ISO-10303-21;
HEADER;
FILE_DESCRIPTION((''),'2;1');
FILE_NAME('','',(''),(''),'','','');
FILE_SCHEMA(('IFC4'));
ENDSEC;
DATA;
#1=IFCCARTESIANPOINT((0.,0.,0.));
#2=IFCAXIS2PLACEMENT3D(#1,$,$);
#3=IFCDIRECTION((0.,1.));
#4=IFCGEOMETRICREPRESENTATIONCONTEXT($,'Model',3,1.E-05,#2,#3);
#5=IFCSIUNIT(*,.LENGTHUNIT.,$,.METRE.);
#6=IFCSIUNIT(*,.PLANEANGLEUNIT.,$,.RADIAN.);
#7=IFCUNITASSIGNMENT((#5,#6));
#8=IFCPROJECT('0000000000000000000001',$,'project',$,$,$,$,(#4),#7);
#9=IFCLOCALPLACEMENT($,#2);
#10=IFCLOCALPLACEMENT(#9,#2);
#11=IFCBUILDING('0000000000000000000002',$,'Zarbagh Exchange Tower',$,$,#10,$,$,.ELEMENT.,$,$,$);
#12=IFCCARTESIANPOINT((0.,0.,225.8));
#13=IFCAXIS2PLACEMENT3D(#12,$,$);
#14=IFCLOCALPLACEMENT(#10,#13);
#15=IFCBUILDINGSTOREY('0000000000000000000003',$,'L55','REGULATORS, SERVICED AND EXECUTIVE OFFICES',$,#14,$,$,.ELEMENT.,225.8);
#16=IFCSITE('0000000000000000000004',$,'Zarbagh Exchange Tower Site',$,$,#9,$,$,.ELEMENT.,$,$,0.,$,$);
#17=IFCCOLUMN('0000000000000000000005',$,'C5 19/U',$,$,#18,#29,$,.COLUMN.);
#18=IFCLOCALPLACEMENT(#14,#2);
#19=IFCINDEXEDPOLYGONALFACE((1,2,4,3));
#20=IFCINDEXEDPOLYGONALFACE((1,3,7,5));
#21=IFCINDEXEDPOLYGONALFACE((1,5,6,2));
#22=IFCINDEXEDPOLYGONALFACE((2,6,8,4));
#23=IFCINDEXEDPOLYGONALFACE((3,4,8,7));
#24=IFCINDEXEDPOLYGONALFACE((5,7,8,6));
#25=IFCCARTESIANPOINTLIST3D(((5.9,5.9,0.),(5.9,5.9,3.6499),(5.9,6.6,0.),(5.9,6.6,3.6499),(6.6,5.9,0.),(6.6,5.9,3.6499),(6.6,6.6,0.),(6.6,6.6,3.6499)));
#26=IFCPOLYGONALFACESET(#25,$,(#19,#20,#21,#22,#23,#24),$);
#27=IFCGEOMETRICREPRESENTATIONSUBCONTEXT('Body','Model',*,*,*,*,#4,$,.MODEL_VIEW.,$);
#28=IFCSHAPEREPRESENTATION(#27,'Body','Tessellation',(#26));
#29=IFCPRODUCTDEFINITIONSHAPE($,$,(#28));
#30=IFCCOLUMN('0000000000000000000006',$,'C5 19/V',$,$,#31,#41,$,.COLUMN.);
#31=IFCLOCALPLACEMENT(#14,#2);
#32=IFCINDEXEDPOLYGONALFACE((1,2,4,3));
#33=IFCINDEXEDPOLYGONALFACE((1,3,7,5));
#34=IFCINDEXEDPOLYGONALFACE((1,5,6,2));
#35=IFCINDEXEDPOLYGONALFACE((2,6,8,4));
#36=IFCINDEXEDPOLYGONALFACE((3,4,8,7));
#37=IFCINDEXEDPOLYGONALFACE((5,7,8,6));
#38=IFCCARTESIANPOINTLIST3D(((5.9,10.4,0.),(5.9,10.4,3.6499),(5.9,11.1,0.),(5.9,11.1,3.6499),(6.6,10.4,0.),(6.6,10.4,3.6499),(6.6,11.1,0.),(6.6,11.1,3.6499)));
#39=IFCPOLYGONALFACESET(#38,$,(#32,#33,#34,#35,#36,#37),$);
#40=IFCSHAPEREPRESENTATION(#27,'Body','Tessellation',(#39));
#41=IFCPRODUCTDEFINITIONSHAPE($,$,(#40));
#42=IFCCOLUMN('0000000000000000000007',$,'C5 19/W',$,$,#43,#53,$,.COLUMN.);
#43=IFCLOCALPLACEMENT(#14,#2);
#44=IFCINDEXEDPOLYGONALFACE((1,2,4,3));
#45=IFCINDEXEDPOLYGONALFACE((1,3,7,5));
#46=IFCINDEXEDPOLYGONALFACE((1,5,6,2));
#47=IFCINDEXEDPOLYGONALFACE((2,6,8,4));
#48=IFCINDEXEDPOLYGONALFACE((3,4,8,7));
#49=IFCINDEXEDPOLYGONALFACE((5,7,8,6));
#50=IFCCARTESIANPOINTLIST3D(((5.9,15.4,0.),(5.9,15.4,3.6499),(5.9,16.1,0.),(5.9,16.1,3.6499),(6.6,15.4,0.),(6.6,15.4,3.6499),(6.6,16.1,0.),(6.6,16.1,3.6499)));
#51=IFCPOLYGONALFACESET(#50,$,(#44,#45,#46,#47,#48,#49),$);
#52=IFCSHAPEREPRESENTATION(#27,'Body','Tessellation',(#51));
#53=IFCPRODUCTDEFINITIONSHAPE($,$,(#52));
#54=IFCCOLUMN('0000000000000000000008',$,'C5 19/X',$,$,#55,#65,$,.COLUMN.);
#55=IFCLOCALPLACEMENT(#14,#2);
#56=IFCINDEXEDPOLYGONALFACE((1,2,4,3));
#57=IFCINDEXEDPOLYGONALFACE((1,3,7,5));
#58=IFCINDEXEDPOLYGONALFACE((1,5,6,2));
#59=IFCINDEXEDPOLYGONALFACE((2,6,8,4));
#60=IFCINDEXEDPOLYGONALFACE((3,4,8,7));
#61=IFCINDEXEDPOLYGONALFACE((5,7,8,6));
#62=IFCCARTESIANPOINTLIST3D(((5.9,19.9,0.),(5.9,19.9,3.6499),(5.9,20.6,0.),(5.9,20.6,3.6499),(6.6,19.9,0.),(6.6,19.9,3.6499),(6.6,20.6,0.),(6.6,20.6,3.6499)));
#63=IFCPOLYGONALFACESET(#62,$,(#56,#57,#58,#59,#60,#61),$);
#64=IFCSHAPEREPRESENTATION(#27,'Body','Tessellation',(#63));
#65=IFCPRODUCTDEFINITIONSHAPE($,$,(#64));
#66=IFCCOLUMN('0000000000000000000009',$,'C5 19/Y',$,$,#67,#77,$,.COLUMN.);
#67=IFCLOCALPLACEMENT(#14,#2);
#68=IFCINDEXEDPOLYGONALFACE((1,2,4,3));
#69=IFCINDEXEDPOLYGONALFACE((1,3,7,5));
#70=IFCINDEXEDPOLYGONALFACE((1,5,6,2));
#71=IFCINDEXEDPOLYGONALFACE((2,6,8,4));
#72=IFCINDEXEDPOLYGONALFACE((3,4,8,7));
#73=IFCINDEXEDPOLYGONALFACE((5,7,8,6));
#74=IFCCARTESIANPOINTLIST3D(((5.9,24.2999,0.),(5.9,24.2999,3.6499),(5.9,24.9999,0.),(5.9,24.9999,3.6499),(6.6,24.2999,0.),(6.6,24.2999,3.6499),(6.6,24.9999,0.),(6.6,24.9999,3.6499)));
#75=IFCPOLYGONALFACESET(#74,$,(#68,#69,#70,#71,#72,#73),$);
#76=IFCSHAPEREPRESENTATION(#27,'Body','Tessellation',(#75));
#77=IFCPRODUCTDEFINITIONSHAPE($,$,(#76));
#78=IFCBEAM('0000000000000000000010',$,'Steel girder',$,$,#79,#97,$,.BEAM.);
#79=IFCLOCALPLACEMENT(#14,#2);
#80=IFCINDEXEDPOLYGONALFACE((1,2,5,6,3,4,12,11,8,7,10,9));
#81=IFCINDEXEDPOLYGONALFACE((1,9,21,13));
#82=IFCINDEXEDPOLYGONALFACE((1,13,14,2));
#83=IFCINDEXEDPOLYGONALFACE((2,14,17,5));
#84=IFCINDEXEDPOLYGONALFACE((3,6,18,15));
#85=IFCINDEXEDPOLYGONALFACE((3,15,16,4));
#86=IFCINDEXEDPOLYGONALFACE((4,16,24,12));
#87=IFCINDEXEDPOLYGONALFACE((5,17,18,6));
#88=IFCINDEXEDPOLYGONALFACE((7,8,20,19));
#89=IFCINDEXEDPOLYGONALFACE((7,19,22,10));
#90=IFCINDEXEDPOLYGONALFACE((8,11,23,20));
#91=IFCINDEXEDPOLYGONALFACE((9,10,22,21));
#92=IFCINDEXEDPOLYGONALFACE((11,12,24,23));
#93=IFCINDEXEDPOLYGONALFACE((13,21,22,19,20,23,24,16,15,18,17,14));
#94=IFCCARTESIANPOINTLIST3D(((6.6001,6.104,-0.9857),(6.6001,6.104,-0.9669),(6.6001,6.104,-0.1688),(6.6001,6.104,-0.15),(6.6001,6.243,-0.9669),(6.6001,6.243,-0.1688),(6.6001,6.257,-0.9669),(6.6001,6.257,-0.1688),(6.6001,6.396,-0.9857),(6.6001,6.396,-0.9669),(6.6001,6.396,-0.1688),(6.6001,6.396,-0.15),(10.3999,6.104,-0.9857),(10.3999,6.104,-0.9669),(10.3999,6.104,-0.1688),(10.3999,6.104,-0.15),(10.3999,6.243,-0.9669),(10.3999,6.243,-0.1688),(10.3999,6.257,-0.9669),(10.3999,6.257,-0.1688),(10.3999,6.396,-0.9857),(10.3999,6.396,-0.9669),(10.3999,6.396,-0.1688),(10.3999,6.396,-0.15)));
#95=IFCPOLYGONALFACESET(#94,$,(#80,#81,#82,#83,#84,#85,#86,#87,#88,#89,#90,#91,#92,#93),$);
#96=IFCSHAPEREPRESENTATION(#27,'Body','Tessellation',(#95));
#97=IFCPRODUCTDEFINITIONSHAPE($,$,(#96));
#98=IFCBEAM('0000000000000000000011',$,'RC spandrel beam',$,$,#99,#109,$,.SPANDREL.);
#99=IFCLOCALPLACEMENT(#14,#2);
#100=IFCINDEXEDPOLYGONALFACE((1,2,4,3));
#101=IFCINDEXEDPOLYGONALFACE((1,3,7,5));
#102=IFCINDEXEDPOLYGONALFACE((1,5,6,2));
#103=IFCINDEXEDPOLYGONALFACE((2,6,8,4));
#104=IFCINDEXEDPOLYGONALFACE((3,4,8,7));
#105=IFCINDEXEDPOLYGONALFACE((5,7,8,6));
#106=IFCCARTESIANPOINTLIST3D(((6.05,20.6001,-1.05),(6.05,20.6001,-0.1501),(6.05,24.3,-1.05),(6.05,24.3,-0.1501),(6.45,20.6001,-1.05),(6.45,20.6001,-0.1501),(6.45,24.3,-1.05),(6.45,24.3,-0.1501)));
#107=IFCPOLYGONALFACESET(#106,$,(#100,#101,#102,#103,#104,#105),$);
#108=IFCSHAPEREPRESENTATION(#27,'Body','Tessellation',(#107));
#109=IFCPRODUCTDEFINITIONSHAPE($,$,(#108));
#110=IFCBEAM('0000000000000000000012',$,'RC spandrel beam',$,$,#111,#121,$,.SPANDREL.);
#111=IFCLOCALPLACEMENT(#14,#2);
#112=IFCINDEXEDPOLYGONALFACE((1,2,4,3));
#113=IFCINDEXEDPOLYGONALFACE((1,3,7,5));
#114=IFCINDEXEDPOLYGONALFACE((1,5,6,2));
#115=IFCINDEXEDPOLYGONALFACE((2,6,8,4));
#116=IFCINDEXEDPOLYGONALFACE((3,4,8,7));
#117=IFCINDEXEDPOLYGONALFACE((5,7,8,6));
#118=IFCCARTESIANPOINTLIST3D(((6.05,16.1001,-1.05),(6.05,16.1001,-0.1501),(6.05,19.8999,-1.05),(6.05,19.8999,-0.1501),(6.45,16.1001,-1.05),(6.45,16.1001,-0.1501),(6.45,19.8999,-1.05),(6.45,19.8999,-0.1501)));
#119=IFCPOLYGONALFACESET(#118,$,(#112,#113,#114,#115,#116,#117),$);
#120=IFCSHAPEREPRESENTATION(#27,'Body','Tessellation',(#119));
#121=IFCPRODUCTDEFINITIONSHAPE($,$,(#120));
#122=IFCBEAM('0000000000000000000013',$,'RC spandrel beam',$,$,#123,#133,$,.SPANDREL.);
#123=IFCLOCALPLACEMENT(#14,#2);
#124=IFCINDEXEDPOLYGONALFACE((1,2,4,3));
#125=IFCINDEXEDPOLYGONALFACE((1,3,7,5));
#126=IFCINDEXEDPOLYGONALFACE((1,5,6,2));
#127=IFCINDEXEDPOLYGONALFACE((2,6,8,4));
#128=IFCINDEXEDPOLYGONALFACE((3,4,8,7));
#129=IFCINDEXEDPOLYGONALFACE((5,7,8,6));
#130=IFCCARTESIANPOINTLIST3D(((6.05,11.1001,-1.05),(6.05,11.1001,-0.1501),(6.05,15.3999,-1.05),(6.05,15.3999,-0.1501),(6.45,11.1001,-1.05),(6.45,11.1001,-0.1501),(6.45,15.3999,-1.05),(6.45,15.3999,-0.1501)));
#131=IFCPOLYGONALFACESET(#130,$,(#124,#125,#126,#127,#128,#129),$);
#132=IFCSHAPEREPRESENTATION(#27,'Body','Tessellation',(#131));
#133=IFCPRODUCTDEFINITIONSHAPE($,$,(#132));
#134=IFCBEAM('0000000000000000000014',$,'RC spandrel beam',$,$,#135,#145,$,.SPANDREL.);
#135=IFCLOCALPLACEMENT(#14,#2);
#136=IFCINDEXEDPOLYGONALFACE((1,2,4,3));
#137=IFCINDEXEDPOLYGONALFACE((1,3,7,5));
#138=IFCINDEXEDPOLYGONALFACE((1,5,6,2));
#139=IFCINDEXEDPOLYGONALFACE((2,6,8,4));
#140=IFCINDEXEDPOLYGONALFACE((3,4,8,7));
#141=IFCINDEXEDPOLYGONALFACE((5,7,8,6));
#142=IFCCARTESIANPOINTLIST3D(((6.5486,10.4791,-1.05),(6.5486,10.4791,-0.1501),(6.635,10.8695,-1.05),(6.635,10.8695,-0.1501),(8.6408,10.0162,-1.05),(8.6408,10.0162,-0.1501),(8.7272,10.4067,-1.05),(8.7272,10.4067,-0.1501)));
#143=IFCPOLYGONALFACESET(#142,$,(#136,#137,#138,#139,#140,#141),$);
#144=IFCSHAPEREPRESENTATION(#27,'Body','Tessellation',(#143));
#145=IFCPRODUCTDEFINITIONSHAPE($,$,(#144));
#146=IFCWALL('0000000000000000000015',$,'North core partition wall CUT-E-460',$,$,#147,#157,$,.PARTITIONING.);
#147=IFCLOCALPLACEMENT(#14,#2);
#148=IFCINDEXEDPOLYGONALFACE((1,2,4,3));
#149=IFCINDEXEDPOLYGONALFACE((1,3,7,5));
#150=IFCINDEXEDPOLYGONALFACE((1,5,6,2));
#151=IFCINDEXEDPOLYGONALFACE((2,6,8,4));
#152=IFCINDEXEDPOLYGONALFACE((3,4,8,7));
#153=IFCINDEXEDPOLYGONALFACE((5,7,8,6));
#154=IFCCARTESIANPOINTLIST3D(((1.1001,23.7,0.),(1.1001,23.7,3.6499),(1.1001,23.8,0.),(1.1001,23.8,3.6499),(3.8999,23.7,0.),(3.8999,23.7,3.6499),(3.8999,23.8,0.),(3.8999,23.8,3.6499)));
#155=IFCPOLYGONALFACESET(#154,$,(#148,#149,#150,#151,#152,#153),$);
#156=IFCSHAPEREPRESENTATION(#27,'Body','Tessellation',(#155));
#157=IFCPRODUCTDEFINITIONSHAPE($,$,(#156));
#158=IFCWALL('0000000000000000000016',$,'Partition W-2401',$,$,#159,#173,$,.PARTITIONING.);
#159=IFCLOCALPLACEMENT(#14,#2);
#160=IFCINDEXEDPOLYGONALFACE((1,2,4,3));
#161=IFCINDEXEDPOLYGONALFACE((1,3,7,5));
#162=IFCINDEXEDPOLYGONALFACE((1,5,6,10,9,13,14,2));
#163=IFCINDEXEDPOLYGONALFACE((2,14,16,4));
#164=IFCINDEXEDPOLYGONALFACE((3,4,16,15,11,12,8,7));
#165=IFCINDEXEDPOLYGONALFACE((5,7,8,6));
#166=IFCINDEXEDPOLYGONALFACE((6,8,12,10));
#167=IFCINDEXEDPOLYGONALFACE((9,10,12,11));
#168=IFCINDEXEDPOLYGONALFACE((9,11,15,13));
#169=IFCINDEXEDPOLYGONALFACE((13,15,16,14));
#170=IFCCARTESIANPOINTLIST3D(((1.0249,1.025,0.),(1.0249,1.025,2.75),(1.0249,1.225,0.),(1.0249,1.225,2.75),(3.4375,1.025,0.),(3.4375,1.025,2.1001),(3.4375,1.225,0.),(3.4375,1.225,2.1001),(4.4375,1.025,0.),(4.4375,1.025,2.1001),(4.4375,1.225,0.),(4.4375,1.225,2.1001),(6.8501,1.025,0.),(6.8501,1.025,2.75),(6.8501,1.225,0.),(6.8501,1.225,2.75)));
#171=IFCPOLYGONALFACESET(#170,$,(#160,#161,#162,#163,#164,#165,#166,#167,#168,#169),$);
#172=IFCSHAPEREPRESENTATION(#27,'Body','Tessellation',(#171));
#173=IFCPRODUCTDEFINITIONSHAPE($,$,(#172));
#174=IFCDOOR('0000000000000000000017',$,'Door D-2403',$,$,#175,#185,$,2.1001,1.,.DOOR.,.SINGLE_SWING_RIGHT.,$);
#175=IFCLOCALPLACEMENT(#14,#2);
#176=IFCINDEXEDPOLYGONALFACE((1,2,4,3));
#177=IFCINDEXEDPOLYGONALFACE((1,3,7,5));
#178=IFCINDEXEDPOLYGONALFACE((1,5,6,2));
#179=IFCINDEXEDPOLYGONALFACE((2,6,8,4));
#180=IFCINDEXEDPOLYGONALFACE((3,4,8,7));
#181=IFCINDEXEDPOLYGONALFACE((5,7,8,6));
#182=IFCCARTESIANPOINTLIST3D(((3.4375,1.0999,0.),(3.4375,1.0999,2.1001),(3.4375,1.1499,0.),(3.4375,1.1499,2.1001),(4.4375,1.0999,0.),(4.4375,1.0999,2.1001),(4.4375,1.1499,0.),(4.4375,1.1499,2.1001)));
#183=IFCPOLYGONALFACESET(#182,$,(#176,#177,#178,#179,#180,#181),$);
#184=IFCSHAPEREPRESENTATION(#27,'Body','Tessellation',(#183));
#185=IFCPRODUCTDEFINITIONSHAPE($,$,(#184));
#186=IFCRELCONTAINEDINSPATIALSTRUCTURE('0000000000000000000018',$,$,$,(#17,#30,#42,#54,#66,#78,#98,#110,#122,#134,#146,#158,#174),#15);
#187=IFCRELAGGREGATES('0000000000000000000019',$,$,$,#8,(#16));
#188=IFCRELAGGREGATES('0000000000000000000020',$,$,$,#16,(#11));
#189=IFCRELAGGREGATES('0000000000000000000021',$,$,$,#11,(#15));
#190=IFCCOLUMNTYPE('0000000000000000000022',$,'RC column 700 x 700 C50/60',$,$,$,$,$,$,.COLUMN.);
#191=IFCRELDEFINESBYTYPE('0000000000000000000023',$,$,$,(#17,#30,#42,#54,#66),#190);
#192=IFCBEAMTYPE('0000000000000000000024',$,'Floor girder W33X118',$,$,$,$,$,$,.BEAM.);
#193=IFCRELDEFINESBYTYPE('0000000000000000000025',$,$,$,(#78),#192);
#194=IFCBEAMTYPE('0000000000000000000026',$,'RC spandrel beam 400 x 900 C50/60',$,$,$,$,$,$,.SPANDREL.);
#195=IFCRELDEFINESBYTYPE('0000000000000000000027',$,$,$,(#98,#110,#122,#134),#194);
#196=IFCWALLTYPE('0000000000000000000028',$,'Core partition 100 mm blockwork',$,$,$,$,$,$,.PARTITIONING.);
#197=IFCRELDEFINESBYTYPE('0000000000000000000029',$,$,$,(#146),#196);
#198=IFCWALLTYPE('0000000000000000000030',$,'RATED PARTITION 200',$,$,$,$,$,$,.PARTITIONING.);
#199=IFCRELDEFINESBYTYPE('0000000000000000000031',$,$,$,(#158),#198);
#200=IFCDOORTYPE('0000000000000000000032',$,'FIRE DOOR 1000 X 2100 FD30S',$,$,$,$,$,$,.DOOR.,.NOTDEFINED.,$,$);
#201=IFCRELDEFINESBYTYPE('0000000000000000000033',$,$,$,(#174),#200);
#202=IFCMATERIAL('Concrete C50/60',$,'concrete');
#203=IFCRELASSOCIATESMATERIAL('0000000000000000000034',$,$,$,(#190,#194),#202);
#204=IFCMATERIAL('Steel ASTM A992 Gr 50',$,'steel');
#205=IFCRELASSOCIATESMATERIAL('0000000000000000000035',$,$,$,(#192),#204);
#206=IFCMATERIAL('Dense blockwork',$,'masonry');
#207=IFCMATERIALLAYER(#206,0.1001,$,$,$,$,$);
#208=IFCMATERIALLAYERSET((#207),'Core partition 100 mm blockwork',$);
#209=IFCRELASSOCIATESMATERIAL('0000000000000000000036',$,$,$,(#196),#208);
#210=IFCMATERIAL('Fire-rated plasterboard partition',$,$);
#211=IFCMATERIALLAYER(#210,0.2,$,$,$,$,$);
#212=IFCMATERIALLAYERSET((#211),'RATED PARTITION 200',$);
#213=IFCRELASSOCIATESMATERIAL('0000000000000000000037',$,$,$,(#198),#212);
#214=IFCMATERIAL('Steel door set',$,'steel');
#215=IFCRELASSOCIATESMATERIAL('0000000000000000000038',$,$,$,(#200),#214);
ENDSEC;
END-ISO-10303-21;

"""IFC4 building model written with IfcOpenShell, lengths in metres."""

from ifc_helpers import new_model, si_unit, direction, frame, frame_2d, origin, origin_2d, place, context, subcontext, project, spatial, rectangle, i_section, extrude, material, layer, layer_set, material_profile, profile_set, type_object, element, fill, save


model = new_model("IFC4")

# Units and contexts
model_context = context("Model", 3, precision=1e-05, world=origin(), true_north=direction((0.0, 1.0)))
body_context = subcontext(model_context, "Body", "Model", "MODEL_VIEW")
ifc_project = project(units=[si_unit("LENGTHUNIT", "METRE"), si_unit("PLANEANGLEUNIT", "RADIAN")], contexts=[model_context])

# Site, building, storey
site_placement = place(None, origin())
site = spatial("IfcSite", under=ifc_project, at=site_placement, Name="Zarbagh Exchange Tower Site", CompositionType="ELEMENT", RefElevation=0.0)
building_placement = place(site_placement, origin())
building = spatial("IfcBuilding", under=site, at=building_placement, Name="Zarbagh Exchange Tower", CompositionType="ELEMENT")
storey_placement = place(building_placement, frame((0.0, 0.0, 225.8)))
storey = spatial("IfcBuildingStorey", under=building, at=storey_placement, Name="L55", Description="REGULATORS, SERVICED AND EXECUTIVE OFFICES", CompositionType="ELEMENT", Elevation=225.8)

# Columns
ifc_material_1 = material(Name="Concrete C50/60", Category="concrete")
ifc_material_profile_1 = material_profile(ifc_material_1, rectangle(XDim=0.7, YDim=0.7, at=origin_2d()), Name="RC column 700 x 700 C50/60")
ifc_profile_set_1 = profile_set([ifc_material_profile_1], Name="Concrete C50/60")
column_type = type_object("IfcColumnType", Name="RC column 700 x 700 C50/60", PredefinedType="COLUMN", material=ifc_profile_set_1)
for number, where, z_axis, x_axis, name in (
    (1, (6.25, 6.25, 0.0), (0.0, 0.0, 1.0), (1.0, 0.0, 0.0), "C5 19/U"),
    (2, (6.25, 10.75, 0.0), (0.0, 0.0, 1.0), (1.0, 0.0, 0.0), "C5 19/V"),
    (3, (6.25, 15.75, 0.0), (0.0, 0.0, 1.0), (1.0, 0.0, 0.0), "C5 19/W"),
    (4, (6.25, 20.25, 0.0), (0.0, 0.0, 1.0), (1.0, 0.0, 0.0), "C5 19/X"),
    (5, (6.25, 24.6499, 0.0), (0.0, 0.0, 1.0), (1.0, 0.0, 0.0), "C5 19/Y"),
):
    element("IfcColumn", number, at=place(storey_placement, frame(where, z_axis=z_axis, x_axis=x_axis)), inside=storey, type_object=column_type, Name=name, PredefinedType="COLUMN", context=body_context, shape_type="SweptSolid", body=[
        extrude(rectangle(XDim=0.7, YDim=0.7, at=origin_2d()), origin(), (0.0, 0.0, 1.0), 3.6499),
    ])

# Beams
ifc_material_2 = material(Name="Steel ASTM A992 Gr 50", Category="steel")
ifc_material_profile_2 = material_profile(ifc_material_2, i_section(OverallWidth=0.292, OverallDepth=0.8357, WebThickness=0.0139, FlangeThickness=0.0188, at=origin_2d()), Name="W33X118")
ifc_profile_set_2 = profile_set([ifc_material_profile_2], Name="Steel ASTM A992 Gr 50")
beam_type_1 = type_object("IfcBeamType", Name="Floor girder W33X118", PredefinedType="BEAM", material=ifc_profile_set_2)
beam_1_placement = place(storey_placement, frame((6.6001, 6.25, -0.5679), z_axis=(1.0, 0.0, 0.0), x_axis=(0.0, 1.0, 0.0)))
element("IfcBeam", 6, at=beam_1_placement, inside=storey, type_object=beam_type_1, Name="Steel girder", PredefinedType="BEAM", context=body_context, shape_type="SweptSolid", body=[
    extrude(i_section(OverallWidth=0.292, OverallDepth=0.8357, WebThickness=0.0139, FlangeThickness=0.0188, at=origin_2d()), origin(), (0.0, 0.0, 1.0), 3.7998),
])
ifc_material_profile_3 = material_profile(ifc_material_1, rectangle(XDim=0.3999, YDim=0.8999, at=origin_2d()), Name="RC spandrel beam 400 x 900 C50/60")
ifc_profile_set_3 = profile_set([ifc_material_profile_3], Name="Concrete C50/60")
beam_type_2 = type_object("IfcBeamType", Name="RC spandrel beam 400 x 900 C50/60", PredefinedType="SPANDREL", material=ifc_profile_set_3)
beam_2_placement = place(storey_placement, frame((6.25, 24.3, -0.6001), z_axis=(0.0, -1.0, 0.0), x_axis=(1.0, 0.0, 0.0)))
element("IfcBeam", 7, at=beam_2_placement, inside=storey, type_object=beam_type_2, Name="RC spandrel beam", PredefinedType="SPANDREL", context=body_context, shape_type="SweptSolid", body=[
    extrude(rectangle(XDim=0.3999, YDim=0.8999, at=origin_2d()), origin(), (0.0, 0.0, 1.0), 3.7),
])
beam_3_placement = place(storey_placement, frame((6.25, 19.8999, -0.6001), z_axis=(0.0, -1.0, 0.0), x_axis=(1.0, 0.0, 0.0)))
element("IfcBeam", 8, at=beam_3_placement, inside=storey, type_object=beam_type_2, Name="RC spandrel beam", PredefinedType="SPANDREL", context=body_context, shape_type="SweptSolid", body=[
    extrude(rectangle(XDim=0.3999, YDim=0.8999, at=origin_2d()), origin(), (0.0, 0.0, 1.0), 3.7998),
])
beam_4_placement = place(storey_placement, frame((6.25, 15.3999, -0.6001), z_axis=(0.0, -1.0, 0.0), x_axis=(1.0, 0.0, 0.0)))
element("IfcBeam", 9, at=beam_4_placement, inside=storey, type_object=beam_type_2, Name="RC spandrel beam", PredefinedType="SPANDREL", context=body_context, shape_type="SweptSolid", body=[
    extrude(rectangle(XDim=0.3999, YDim=0.8999, at=origin_2d()), origin(), (0.0, 0.0, 1.0), 4.2998),
])
beam_5_placement = place(storey_placement, frame((6.5918, 10.6743, -0.6001), z_axis=(0.97639, -0.216014, 0.0), x_axis=(0.216014, 0.97639, 0.0)))
element("IfcBeam", 10, at=beam_5_placement, inside=storey, type_object=beam_type_2, Name="RC spandrel beam", PredefinedType="SPANDREL", context=body_context, shape_type="SweptSolid", body=[
    extrude(rectangle(XDim=0.3999, YDim=0.8999, at=origin_2d()), origin(), (0.0, 0.0, 1.0), 2.1428),
])

# Wall
ifc_material_3 = material(Name="Dense blockwork", Category="masonry")
ifc_layer_1 = layer(ifc_material_3, 0.1001)
ifc_layer_set_1 = layer_set([ifc_layer_1], Name="Core partition 100 mm blockwork")
wall_type_1 = type_object("IfcWallType", Name="Core partition 100 mm blockwork", PredefinedType="PARTITIONING", material=ifc_layer_set_1)
wall_1_placement = place(storey_placement, frame((1.1001, 23.75, 0.0), z_axis=(0.0, 0.0, 1.0), x_axis=(1.0, 0.0, 0.0)))
element("IfcWall", 11, at=wall_1_placement, inside=storey, type_object=wall_type_1, Name="North core partition wall CUT-E-460", PredefinedType="PARTITIONING", context=body_context, shape_type="SweptSolid", body=[
    extrude(rectangle(XDim=2.7998, YDim=0.1001, at=frame_2d((1.3999, 0.0))), origin(), (0.0, 0.0, 1.0), 3.6499),
])

# Wall, opening, door
ifc_material_4 = material(Name="Fire-rated plasterboard partition")
ifc_layer_2 = layer(ifc_material_4, 0.2)
ifc_layer_set_2 = layer_set([ifc_layer_2], Name="RATED PARTITION 200")
wall_type_2 = type_object("IfcWallType", Name="RATED PARTITION 200", PredefinedType="PARTITIONING", material=ifc_layer_set_2)
wall_2_placement = place(storey_placement, frame((1.0249, 1.125, 0.0), z_axis=(0.0, 0.0, 1.0), x_axis=(1.0, 0.0, 0.0)))
wall_2 = element("IfcWall", 12, at=wall_2_placement, inside=storey, type_object=wall_type_2, Name="Partition W-2401", PredefinedType="PARTITIONING", context=body_context, shape_type="SweptSolid", body=[
    extrude(rectangle(XDim=5.8252, YDim=0.2, at=frame_2d((2.9126, 0.0))), origin(), (0.0, 0.0, 1.0), 2.75),
])
opening_1_placement = place(wall_2_placement, frame((2.4126, 0.0, 0.0)))
opening_1 = element("IfcOpeningElement", 13, at=opening_1_placement, cuts=wall_2, PredefinedType="OPENING", context=body_context, shape_type="SweptSolid", body=[
    extrude(rectangle(XDim=1.0, YDim=2.1001, at=frame_2d((0.5, 1.05))), frame((0.0, 0.1099, 0.0), z_axis=(0.0, -1.0, 0.0), x_axis=(1.0, 0.0, 0.0)), (0.0, 0.0, 1.0), 0.22),
])
ifc_material_5 = material(Name="Steel door set", Category="steel")
door_type_1 = type_object("IfcDoorType", Name="FIRE DOOR 1000 X 2100 FD30S", OperationType="NOTDEFINED", PredefinedType="DOOR", material=ifc_material_5)
door_1_placement = place(opening_1_placement, origin())
door_1 = element("IfcDoor", 14, at=door_1_placement, inside=storey, type_object=door_type_1, Name="Door D-2403", OperationType="SINGLE_SWING_RIGHT", OverallHeight=2.1001, OverallWidth=1.0, PredefinedType="DOOR", context=body_context, shape_type="SweptSolid", body=[
    extrude(rectangle(XDim=1.0, YDim=2.1001, at=frame_2d((0.5, 1.05))), frame((0.0, 0.0249, 0.0), z_axis=(0.0, -1.0, 0.0), x_axis=(1.0, 0.0, 0.0)), (0.0, 0.0, 1.0), 0.05),
])
fill(opening_1, door_1)

save(model, "model.ifc")
